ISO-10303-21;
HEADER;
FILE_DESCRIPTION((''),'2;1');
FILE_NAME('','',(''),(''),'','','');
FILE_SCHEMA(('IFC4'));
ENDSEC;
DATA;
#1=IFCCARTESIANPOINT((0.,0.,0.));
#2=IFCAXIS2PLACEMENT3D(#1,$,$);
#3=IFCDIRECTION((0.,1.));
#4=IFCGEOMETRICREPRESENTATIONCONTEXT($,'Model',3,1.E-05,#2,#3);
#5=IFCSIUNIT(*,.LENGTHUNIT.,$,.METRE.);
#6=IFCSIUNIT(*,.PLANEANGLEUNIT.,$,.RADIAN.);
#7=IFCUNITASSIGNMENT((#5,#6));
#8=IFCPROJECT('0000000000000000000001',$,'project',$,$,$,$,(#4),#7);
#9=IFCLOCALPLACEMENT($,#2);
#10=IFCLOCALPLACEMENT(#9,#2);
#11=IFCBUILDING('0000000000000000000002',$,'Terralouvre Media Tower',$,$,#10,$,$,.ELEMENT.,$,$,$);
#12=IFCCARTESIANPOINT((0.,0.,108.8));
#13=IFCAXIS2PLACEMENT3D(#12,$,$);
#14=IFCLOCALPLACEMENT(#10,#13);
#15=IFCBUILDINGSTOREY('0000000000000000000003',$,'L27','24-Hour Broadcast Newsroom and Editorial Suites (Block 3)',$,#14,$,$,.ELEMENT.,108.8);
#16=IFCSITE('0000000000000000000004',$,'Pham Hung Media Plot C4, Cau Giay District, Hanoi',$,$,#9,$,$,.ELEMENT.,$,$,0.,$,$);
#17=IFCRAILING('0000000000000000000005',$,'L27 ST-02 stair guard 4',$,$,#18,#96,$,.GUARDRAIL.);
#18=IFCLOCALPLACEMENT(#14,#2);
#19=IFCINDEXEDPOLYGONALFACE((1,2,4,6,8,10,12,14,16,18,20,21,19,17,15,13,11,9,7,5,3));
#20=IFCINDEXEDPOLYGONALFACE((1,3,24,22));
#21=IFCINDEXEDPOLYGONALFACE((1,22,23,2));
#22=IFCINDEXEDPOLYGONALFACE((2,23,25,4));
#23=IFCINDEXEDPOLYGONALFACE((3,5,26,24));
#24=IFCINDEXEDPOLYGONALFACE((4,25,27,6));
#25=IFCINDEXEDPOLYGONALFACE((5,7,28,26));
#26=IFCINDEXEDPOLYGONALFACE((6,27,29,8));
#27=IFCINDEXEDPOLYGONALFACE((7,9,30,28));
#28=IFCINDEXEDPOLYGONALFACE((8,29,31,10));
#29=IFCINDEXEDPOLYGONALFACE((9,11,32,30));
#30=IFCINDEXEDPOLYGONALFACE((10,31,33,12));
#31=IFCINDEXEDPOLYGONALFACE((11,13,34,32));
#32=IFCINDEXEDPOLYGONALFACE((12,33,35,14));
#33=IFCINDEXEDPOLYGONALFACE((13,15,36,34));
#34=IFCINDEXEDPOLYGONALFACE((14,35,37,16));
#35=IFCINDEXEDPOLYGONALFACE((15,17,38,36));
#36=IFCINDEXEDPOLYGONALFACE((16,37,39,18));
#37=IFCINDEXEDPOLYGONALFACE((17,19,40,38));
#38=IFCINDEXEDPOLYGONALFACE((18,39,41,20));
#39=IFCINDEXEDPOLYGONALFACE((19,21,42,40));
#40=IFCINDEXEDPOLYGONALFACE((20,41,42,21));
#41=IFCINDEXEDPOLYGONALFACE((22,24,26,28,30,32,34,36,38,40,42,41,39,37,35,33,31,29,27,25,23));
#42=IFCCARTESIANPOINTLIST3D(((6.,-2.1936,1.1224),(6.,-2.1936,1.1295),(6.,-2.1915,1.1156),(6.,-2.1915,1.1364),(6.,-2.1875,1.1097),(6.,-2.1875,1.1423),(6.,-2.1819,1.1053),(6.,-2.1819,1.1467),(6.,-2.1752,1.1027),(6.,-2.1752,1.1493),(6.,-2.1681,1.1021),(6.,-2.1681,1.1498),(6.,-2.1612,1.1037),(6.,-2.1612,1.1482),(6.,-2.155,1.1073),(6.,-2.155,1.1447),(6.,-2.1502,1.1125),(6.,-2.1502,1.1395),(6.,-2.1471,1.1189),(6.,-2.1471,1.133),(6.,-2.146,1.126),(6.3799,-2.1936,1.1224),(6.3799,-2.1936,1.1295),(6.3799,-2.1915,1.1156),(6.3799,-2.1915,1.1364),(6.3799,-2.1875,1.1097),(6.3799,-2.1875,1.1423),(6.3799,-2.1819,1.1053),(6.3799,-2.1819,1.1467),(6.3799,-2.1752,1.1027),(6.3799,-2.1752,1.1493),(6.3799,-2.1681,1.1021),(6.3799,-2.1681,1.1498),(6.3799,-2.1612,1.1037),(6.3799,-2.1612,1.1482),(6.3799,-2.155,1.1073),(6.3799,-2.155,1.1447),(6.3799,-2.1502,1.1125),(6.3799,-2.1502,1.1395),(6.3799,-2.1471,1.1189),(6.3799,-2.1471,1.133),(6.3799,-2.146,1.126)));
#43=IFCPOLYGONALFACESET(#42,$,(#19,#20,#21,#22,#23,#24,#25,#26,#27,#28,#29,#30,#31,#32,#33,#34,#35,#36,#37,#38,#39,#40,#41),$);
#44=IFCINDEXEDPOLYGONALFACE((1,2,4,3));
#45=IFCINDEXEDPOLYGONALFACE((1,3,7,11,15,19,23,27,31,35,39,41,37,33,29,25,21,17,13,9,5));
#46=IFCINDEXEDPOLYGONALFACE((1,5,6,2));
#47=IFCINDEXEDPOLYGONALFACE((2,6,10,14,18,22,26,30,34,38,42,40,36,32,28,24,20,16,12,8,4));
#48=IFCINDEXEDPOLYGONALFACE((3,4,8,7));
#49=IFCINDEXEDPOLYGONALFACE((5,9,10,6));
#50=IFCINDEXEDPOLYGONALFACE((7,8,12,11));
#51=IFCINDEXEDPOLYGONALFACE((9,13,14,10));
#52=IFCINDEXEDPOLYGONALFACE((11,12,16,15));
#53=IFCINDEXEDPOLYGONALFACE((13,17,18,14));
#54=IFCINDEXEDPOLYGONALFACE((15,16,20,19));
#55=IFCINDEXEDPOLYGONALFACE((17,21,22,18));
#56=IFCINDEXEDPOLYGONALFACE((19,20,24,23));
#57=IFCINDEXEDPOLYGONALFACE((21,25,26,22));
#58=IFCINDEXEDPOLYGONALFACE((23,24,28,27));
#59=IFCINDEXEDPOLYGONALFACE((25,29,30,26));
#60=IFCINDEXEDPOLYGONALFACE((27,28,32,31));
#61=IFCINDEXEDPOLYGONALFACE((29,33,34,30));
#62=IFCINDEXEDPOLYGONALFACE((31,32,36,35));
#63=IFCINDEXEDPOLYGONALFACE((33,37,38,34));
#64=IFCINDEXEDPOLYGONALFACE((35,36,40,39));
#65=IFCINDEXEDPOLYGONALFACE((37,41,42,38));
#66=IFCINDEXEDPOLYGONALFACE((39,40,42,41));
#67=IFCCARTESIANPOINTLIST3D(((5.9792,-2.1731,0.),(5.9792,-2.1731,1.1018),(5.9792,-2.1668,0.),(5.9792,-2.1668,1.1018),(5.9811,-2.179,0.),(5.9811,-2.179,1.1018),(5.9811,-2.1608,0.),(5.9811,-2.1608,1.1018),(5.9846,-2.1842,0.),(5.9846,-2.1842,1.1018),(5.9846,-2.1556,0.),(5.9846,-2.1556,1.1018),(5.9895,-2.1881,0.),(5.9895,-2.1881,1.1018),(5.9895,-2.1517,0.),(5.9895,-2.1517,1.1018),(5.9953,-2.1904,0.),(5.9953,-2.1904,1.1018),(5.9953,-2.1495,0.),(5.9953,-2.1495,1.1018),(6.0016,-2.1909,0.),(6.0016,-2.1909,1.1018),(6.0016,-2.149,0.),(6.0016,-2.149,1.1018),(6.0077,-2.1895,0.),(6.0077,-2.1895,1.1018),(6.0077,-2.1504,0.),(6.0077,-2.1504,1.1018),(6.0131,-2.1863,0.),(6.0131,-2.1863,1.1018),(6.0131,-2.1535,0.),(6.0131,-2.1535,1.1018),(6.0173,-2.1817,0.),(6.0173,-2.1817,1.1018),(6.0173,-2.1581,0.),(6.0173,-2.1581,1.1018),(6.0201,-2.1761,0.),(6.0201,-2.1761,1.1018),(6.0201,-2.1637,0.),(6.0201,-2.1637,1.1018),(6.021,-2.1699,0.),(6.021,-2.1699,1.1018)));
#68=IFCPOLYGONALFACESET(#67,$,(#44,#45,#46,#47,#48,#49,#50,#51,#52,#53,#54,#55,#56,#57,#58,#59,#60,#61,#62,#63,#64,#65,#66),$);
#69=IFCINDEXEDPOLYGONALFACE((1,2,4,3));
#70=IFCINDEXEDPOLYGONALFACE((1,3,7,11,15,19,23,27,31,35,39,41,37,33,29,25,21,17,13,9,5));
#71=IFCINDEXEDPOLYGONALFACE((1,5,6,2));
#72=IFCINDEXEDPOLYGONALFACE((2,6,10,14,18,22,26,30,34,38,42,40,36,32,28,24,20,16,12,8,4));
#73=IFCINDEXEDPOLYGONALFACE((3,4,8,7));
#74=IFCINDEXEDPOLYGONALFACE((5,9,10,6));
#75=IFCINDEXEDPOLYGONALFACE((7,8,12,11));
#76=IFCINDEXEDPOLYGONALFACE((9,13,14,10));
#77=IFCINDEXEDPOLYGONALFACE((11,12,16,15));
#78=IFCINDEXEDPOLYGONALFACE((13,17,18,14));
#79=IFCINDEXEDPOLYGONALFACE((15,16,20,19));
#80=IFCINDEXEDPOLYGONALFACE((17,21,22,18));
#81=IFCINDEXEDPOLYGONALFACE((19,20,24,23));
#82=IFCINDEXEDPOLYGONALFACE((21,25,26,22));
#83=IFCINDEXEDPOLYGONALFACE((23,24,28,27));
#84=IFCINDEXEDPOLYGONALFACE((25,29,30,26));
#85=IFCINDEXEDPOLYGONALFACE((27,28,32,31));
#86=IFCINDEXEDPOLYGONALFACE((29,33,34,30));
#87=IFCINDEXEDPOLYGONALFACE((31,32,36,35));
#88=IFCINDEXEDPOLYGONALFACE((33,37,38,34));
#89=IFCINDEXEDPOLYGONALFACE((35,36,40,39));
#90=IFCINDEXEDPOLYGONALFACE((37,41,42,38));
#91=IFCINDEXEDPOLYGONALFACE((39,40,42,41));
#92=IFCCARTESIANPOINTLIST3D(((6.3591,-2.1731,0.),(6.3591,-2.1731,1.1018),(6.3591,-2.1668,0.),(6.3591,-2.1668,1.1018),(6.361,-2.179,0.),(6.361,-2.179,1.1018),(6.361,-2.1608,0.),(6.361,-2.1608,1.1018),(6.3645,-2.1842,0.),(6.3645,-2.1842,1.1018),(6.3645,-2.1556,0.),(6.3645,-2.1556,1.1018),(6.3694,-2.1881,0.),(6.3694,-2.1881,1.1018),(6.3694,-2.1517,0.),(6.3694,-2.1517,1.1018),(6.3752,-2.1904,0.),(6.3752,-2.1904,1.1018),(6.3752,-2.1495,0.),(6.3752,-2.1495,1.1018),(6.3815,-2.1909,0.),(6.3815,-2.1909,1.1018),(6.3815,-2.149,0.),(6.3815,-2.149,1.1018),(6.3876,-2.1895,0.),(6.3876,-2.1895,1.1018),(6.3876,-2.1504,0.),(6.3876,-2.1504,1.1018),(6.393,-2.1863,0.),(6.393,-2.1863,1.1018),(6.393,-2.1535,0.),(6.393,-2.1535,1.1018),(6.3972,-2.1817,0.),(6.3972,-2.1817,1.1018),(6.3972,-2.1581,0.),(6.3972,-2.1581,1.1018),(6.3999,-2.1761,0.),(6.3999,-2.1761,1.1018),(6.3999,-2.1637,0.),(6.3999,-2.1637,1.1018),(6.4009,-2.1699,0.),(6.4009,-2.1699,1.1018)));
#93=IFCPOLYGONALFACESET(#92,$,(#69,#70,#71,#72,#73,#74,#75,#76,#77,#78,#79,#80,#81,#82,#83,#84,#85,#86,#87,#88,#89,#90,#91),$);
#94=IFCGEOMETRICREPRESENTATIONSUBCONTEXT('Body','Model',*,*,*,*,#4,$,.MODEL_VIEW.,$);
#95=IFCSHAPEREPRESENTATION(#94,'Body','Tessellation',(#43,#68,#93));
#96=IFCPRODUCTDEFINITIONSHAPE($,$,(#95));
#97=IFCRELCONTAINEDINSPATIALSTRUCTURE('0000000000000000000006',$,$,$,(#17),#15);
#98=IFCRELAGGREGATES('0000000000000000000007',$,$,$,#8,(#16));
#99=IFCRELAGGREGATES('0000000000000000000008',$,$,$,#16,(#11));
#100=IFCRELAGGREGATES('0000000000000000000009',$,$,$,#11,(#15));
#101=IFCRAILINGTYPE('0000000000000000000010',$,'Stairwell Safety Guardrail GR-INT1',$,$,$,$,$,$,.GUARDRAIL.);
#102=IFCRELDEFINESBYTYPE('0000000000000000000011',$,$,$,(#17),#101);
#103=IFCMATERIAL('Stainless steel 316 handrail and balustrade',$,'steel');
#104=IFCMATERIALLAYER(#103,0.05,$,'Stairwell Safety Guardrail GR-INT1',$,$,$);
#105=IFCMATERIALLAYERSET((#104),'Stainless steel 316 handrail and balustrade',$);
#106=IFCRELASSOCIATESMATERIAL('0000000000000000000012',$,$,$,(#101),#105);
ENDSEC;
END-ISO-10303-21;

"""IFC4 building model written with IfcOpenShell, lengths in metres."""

from ifc_helpers import new_model, si_unit, direction, frame, origin, origin_2d, place, context, subcontext, project, spatial, circle, extrude, material, layer, layer_set, type_object, element, save


model = new_model("IFC4")

# Units and contexts
model_context = context("Model", 3, precision=1e-05, world=origin(), true_north=direction((0.0, 1.0)))
body_context = subcontext(model_context, "Body", "Model", "MODEL_VIEW")
ifc_project = project(units=[si_unit("LENGTHUNIT", "METRE"), si_unit("PLANEANGLEUNIT", "RADIAN")], contexts=[model_context])

# Site, building, storey
site_placement = place(None, origin())
site = spatial("IfcSite", under=ifc_project, at=site_placement, Name="Pham Hung Media Plot C4, Cau Giay District, Hanoi", CompositionType="ELEMENT", RefElevation=0.0)
building_placement = place(site_placement, origin())
building = spatial("IfcBuilding", under=site, at=building_placement, Name="Terralouvre Media Tower", CompositionType="ELEMENT")
storey_placement = place(building_placement, frame((0.0, 0.0, 108.8)))
storey = spatial("IfcBuildingStorey", under=building, at=storey_placement, Name="L27", Description="24-Hour Broadcast Newsroom and Editorial Suites (Block 3)", CompositionType="ELEMENT", Elevation=108.8)

# Railing
ifc_material_1 = material(Name="Stainless steel 316 handrail and balustrade", Category="steel")
ifc_layer_1 = layer(ifc_material_1, 0.05, Name="Stairwell Safety Guardrail GR-INT1")
ifc_layer_set_1 = layer_set([ifc_layer_1], Name="Stainless steel 316 handrail and balustrade")
railing_type_1 = type_object("IfcRailingType", Name="Stairwell Safety Guardrail GR-INT1", PredefinedType="GUARDRAIL", material=ifc_layer_set_1)
railing_1_placement = place(storey_placement, frame((6.0, -2.1699, 0.0)))
element("IfcRailing", 1, at=railing_1_placement, inside=storey, type_object=railing_type_1, Name="L27 ST-02 stair guard 4", PredefinedType="GUARDRAIL", context=body_context, shape_type="SweptSolid", body=[
    extrude(circle(Radius=0.0239, at=origin_2d()), frame((0.0, 0.0, 1.126), z_axis=(1.0, 0.0, 0.0), x_axis=(0.0, 1.0, 0.0)), (0.0, 0.0, 1.0), 0.3799),
    extrude(circle(Radius=0.021, at=origin_2d()), origin(), (0.0, 0.0, 1.0), 1.1018),
    extrude(circle(Radius=0.021, at=origin_2d()), frame((0.3799, 0.0, 0.0)), (0.0, 0.0, 1.0), 1.1018),
])

save(model, "model.ifc")
